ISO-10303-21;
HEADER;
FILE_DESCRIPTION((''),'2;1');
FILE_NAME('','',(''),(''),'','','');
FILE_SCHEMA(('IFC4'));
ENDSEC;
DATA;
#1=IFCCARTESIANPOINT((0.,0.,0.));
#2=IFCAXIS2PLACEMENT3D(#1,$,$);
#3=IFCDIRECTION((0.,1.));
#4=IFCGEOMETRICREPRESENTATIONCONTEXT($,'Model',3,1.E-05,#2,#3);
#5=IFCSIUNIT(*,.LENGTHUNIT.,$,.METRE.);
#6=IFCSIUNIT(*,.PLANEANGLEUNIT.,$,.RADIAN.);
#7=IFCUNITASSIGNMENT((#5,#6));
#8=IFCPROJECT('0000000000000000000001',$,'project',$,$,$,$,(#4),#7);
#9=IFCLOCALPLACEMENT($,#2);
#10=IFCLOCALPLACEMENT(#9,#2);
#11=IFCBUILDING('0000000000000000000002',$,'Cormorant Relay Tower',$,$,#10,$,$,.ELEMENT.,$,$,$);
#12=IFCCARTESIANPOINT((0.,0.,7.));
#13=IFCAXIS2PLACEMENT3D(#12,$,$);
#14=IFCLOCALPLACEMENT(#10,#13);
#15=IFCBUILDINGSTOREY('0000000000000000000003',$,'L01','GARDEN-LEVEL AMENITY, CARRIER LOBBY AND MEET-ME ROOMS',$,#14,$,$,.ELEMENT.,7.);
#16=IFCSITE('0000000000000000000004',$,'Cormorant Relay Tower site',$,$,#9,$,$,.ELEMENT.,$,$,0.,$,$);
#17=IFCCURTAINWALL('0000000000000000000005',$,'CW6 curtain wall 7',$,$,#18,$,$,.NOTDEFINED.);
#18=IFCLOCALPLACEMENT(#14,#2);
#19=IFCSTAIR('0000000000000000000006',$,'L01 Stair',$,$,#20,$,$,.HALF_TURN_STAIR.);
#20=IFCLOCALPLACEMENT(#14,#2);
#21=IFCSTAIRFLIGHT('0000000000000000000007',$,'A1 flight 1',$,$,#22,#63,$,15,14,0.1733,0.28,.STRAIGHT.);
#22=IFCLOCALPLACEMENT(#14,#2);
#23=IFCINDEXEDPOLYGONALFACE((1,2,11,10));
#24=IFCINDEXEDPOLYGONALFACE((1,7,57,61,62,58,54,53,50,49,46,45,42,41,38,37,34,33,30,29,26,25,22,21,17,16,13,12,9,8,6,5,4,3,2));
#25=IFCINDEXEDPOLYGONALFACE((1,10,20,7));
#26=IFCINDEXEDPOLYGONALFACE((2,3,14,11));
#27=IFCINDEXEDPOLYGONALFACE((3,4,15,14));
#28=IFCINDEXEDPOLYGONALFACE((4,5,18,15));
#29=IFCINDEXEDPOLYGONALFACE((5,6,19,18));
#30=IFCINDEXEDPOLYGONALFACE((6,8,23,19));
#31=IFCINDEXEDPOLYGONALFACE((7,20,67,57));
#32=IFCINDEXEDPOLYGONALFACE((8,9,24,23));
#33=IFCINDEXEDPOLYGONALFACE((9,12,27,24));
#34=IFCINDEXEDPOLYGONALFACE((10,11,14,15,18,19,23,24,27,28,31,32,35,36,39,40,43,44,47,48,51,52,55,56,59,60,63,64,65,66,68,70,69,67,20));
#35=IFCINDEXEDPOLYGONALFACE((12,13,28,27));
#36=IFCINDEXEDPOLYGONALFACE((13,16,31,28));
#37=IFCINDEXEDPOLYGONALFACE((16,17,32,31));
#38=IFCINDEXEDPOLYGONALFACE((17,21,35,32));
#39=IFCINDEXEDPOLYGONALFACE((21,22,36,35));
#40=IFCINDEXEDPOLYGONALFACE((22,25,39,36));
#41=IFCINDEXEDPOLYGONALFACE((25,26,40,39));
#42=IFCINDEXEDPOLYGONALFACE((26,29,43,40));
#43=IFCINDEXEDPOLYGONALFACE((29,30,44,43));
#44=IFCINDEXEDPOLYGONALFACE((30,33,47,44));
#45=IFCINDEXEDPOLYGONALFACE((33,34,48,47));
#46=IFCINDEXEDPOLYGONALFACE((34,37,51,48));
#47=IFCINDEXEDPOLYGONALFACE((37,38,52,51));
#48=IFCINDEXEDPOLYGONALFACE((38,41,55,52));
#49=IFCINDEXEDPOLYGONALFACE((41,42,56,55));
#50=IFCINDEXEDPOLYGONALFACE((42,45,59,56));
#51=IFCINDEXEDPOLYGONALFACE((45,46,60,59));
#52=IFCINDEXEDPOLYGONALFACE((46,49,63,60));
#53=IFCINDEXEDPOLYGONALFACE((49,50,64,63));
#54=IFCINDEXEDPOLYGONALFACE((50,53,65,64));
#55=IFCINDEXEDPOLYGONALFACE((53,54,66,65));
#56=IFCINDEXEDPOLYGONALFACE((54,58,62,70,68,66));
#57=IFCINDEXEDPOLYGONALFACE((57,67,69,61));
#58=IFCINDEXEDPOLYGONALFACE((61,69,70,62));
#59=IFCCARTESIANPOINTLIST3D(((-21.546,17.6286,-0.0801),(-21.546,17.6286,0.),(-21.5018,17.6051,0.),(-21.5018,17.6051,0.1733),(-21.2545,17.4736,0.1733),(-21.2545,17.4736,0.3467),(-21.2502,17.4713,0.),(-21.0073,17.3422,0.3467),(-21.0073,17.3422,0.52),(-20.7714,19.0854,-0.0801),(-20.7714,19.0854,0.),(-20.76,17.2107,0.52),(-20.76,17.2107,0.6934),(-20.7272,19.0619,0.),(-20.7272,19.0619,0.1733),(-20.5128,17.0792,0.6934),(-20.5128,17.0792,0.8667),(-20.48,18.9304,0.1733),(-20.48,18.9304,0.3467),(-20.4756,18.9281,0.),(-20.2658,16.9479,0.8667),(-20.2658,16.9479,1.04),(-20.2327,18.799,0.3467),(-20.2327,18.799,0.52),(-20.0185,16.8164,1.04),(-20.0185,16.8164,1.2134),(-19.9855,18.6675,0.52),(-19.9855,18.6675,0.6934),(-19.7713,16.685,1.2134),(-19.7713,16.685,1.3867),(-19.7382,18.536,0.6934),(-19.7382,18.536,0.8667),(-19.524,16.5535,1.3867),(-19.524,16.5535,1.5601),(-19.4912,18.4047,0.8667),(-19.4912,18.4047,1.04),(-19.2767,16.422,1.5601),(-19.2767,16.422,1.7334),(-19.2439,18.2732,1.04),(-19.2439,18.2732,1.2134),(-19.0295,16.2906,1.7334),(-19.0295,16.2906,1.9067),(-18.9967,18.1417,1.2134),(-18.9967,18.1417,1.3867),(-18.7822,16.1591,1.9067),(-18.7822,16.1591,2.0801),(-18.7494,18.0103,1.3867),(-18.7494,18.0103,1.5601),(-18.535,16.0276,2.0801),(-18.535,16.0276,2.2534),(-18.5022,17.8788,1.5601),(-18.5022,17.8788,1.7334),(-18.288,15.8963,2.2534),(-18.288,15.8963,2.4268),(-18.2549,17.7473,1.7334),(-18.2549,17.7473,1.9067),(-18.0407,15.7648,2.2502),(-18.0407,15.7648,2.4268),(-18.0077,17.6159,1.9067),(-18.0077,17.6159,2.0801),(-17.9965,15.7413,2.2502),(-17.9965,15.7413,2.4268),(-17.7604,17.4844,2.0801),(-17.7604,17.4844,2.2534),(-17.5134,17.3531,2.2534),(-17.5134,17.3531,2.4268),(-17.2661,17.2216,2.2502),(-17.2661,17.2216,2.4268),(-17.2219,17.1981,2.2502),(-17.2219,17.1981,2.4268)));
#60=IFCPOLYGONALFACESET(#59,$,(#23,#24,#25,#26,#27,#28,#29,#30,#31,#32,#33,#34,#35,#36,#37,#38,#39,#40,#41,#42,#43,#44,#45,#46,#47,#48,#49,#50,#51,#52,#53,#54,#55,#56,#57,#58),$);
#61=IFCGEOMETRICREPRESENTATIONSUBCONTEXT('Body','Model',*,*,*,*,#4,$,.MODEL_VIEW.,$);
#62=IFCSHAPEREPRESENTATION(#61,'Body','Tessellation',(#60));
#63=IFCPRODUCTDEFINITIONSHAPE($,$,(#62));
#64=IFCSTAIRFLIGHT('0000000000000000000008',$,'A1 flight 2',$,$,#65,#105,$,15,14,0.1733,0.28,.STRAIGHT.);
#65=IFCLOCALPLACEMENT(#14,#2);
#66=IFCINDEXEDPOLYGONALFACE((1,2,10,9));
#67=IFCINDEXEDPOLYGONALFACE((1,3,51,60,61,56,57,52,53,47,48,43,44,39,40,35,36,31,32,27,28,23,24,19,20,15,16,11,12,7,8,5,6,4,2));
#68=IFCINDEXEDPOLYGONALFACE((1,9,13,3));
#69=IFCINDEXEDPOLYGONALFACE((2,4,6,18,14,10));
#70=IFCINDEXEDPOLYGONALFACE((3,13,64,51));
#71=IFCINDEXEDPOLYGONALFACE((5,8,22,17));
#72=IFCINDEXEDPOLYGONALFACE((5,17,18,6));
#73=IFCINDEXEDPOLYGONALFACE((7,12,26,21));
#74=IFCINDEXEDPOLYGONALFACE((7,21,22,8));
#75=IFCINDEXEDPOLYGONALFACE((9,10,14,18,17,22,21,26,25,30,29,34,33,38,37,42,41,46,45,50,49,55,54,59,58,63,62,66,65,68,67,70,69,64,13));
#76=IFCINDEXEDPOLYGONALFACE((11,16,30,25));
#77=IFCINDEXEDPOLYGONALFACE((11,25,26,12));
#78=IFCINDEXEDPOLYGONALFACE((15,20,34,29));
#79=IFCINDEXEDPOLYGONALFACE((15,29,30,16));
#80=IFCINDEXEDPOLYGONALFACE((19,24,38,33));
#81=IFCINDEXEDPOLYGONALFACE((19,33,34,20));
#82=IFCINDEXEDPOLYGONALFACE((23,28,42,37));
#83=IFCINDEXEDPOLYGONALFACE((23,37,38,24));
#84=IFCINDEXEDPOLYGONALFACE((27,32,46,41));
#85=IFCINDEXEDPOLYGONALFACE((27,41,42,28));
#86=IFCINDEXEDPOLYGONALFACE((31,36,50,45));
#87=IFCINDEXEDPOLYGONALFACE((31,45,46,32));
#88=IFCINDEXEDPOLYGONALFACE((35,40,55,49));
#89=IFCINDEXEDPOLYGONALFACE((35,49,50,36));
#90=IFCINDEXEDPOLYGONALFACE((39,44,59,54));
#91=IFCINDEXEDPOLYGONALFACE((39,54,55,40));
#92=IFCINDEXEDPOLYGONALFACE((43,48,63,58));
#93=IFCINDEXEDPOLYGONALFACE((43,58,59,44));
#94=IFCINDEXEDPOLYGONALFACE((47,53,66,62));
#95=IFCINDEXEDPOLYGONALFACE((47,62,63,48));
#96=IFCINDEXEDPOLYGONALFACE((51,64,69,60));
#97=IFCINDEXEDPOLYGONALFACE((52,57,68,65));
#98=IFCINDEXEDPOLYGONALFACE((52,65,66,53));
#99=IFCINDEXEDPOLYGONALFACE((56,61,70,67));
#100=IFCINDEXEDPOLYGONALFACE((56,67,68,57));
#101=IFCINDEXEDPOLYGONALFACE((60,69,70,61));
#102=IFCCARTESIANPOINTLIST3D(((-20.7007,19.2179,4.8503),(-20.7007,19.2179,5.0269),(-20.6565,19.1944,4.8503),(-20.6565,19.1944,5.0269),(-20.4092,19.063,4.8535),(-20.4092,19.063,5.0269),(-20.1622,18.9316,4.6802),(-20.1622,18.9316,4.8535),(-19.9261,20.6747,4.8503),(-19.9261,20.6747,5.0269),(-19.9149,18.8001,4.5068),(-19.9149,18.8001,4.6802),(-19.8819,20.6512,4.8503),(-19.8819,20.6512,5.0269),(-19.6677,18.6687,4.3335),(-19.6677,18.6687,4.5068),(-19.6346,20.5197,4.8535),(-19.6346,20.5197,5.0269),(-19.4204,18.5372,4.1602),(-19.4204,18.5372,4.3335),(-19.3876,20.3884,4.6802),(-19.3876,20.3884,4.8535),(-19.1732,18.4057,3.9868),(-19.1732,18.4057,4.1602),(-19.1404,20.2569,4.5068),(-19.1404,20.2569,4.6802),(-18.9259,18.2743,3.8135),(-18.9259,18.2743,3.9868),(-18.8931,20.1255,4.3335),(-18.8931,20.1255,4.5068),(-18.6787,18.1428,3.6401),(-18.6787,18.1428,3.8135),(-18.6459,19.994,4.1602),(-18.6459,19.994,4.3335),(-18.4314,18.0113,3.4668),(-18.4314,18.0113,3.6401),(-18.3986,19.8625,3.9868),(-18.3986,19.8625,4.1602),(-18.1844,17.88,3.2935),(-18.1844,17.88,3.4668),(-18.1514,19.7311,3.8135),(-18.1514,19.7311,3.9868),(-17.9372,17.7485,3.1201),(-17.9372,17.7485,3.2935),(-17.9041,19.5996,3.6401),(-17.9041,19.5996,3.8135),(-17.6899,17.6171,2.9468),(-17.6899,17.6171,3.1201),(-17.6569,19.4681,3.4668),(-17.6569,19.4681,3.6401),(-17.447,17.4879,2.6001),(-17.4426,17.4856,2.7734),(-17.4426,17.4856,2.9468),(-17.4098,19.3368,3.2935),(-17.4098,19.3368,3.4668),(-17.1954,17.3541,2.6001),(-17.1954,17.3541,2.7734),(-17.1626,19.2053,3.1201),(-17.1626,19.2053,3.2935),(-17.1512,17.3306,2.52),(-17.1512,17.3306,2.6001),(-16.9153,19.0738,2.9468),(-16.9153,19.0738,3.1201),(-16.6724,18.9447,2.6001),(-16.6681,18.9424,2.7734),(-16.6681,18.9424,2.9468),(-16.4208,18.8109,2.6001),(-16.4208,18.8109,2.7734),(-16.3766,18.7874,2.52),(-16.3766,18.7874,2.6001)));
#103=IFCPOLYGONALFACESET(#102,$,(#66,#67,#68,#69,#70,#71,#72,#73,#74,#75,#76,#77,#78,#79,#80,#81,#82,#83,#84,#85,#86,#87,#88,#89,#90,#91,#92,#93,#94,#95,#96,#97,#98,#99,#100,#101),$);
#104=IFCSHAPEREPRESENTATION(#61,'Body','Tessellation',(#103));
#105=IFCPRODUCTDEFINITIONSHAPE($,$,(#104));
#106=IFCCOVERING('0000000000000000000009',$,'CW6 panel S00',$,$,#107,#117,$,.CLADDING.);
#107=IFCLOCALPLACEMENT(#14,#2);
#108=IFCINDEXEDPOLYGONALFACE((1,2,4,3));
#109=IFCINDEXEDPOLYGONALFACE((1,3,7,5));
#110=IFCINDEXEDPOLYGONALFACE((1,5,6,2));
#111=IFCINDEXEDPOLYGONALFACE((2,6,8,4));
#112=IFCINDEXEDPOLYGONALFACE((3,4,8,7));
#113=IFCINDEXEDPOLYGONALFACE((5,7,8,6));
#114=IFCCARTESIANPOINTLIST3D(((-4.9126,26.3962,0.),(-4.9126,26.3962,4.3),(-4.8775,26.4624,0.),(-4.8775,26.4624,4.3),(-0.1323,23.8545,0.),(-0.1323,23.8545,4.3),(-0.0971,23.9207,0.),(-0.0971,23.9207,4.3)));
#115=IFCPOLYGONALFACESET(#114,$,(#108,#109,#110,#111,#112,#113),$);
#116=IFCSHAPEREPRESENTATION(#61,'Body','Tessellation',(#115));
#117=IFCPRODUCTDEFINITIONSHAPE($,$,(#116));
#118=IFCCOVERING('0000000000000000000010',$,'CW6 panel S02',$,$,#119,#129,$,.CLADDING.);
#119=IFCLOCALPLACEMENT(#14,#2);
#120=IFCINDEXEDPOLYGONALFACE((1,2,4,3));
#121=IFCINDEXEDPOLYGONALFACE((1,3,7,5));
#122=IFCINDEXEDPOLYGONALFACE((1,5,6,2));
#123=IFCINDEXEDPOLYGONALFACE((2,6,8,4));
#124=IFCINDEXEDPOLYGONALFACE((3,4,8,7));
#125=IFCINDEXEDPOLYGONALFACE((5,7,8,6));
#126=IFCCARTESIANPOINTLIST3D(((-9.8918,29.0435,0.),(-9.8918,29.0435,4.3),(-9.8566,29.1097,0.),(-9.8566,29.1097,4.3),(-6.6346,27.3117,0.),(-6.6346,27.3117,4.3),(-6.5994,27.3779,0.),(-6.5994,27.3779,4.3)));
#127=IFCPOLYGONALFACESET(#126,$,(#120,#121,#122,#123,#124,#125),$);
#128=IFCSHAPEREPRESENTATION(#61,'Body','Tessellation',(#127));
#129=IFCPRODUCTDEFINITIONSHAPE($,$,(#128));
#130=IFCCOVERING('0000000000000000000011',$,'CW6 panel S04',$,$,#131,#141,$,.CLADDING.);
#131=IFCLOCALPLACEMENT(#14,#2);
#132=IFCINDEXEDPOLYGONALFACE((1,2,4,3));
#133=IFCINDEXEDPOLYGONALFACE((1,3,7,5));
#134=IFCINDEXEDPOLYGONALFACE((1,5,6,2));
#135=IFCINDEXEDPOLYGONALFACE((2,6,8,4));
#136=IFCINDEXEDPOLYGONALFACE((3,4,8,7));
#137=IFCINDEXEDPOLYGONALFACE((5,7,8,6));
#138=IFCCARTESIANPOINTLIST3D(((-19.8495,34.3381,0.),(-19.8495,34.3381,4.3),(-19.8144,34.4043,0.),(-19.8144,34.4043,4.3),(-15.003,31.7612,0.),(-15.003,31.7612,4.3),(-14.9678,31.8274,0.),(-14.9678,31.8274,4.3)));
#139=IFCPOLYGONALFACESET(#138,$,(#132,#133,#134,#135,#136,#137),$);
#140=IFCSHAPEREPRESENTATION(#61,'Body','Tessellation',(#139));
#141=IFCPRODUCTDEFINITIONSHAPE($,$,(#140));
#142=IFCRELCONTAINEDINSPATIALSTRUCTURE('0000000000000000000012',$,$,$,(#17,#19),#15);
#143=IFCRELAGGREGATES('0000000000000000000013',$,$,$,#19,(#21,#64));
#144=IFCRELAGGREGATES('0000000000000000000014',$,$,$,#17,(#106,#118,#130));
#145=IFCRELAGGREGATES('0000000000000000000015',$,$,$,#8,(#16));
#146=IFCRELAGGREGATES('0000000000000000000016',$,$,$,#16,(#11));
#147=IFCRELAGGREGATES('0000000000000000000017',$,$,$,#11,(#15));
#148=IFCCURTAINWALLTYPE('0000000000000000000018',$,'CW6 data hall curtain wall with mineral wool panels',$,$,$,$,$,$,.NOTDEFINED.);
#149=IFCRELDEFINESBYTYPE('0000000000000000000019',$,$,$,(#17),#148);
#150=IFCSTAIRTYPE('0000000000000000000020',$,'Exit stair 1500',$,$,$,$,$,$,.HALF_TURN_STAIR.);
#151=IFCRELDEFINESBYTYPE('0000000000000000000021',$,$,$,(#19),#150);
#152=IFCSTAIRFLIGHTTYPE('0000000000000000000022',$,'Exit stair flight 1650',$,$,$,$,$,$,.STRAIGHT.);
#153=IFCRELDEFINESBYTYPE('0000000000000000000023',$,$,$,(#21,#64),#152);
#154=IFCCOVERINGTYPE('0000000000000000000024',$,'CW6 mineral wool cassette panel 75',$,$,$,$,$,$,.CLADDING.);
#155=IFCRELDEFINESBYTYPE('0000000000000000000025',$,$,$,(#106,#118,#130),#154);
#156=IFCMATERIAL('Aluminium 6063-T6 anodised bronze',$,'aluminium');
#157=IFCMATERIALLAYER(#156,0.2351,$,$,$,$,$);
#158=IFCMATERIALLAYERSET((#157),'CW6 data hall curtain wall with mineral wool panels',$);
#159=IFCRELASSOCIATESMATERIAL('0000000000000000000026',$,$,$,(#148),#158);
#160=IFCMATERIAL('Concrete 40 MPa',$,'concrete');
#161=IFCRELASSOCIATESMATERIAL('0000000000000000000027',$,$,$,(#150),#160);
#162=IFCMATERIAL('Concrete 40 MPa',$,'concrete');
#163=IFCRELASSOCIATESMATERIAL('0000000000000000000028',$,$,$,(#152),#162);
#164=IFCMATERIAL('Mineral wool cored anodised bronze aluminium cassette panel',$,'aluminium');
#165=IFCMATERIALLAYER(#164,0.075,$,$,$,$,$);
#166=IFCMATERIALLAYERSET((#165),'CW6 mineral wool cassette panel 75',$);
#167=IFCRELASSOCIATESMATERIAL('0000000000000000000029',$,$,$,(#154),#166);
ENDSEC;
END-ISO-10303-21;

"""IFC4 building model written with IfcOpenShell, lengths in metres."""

from ifc_helpers import new_model, si_unit, direction, frame, origin, origin_2d, place, context, subcontext, project, spatial, polyline, rectangle, outline, extrude, material, layer, layer_set, type_object, element, aggregate, save


model = new_model("IFC4")

# Units and contexts
model_context = context("Model", 3, precision=1e-05, world=origin(), true_north=direction((0.0, 1.0)))
body_context = subcontext(model_context, "Body", "Model", "MODEL_VIEW")
ifc_project = project(units=[si_unit("LENGTHUNIT", "METRE"), si_unit("PLANEANGLEUNIT", "RADIAN")], contexts=[model_context])

# Site, building, storey
site_placement = place(None, origin())
site = spatial("IfcSite", under=ifc_project, at=site_placement, Name="Cormorant Relay Tower site", CompositionType="ELEMENT", RefElevation=0.0)
building_placement = place(site_placement, origin())
building = spatial("IfcBuilding", under=site, at=building_placement, Name="Cormorant Relay Tower", CompositionType="ELEMENT")
storey_placement = place(building_placement, frame((0.0, 0.0, 7.0)))
storey = spatial("IfcBuildingStorey", under=building, at=storey_placement, Name="L01", Description="GARDEN-LEVEL AMENITY, CARRIER LOBBY AND MEET-ME ROOMS", CompositionType="ELEMENT", Elevation=7.0)

# Curtain wall
ifc_material_1 = material(Name="Aluminium 6063-T6 anodised bronze", Category="aluminium")
ifc_layer_1 = layer(ifc_material_1, 0.2351)
ifc_layer_set_1 = layer_set([ifc_layer_1], Name="CW6 data hall curtain wall with mineral wool panels")
curtain_wall_type = type_object("IfcCurtainWallType", Name="CW6 data hall curtain wall with mineral wool panels", PredefinedType="NOTDEFINED", material=ifc_layer_set_1)
curtain_wall_placement = place(storey_placement, origin())
curtain_wall = element("IfcCurtainWall", 1, at=curtain_wall_placement, inside=storey, type_object=curtain_wall_type, Name="CW6 curtain wall 7", PredefinedType="NOTDEFINED")

# Stair, stair flights
ifc_material_2 = material(Name="Concrete 40 MPa", Category="concrete")
stair_type = type_object("IfcStairType", Name="Exit stair 1500", PredefinedType="HALF_TURN_STAIR", material=ifc_material_2)
stair_placement = place(storey_placement, origin())
stair = element("IfcStair", 2, at=stair_placement, inside=storey, type_object=stair_type, Name="L01 Stair", PredefinedType="HALF_TURN_STAIR")
ifc_material_3 = material(Name="Concrete 40 MPa", Category="concrete")
stair_flight_type = type_object("IfcStairFlightType", Name="Exit stair flight 1650", PredefinedType="STRAIGHT", material=ifc_material_3)
stair_flight_1_placement = place(storey_placement, frame((-21.1145, 18.3335, 0.0), z_axis=(0.0, 0.0, 1.0), x_axis=(0.882948, -0.469472, 0.0)))
stair_flight_1 = element("IfcStairFlight", 3, at=stair_flight_1_placement, type_object=stair_flight_type, Name="A1 flight 1", NumberOfRisers=15, NumberOfTreads=14, PredefinedType="STRAIGHT", RiserHeight=0.1733, TreadLength=0.28, context=body_context, shape_type="SweptSolid", body=[
    extrude(outline(polyline([(-0.05, -0.0801), (-0.05, 0.0), (0.0, 0.0), (0.0, 0.1733), (0.28, 0.1733), (0.28, 0.3467), (0.5601, 0.3467), (0.5601, 0.52), (0.8401, 0.52), (0.8401, 0.6934), (1.1201, 0.6934), (1.1201, 0.8667), (1.3999, 0.8667), (1.3999, 1.04), (1.6799, 1.04), (1.6799, 1.2134), (1.96, 1.2134), (1.96, 1.3867), (2.24, 1.3867), (2.24, 1.5601), (2.52, 1.5601), (2.52, 1.7334), (2.8, 1.7334), (2.8, 1.9067), (3.0801, 1.9067), (3.0801, 2.0801), (3.3601, 2.0801), (3.3601, 2.2534), (3.6399, 2.2534), (3.6399, 2.4268), (3.9199, 2.4268), (3.97, 2.4268), (3.97, 2.2502), (3.9199, 2.2502), (0.2849, 0.0), (-0.05, -0.0801)])), frame((0.0, 0.825, 0.0), z_axis=(0.0, -1.0, 0.0), x_axis=(1.0, 0.0, 0.0)), (0.0, 0.0, 1.0), 1.6499),
])
stair_flight_2_placement = place(storey_placement, frame((-16.8081, 18.0825, 2.6001), z_axis=(0.0, 0.0, 1.0), x_axis=(-0.882948, 0.469472, 0.0)))
stair_flight_2 = element("IfcStairFlight", 4, at=stair_flight_2_placement, type_object=stair_flight_type, Name="A1 flight 2", NumberOfRisers=15, NumberOfTreads=14, PredefinedType="STRAIGHT", RiserHeight=0.1733, TreadLength=0.28, context=body_context, shape_type="SweptSolid", body=[
    extrude(outline(polyline([(-0.05, -0.0801), (-0.05, 0.0), (0.0, 0.0), (0.0, 0.1733), (0.28, 0.1733), (0.28, 0.3467), (0.5601, 0.3467), (0.5601, 0.52), (0.8401, 0.52), (0.8401, 0.6934), (1.1201, 0.6934), (1.1201, 0.8667), (1.3999, 0.8667), (1.3999, 1.04), (1.6799, 1.04), (1.6799, 1.2134), (1.96, 1.2134), (1.96, 1.3867), (2.24, 1.3867), (2.24, 1.5601), (2.52, 1.5601), (2.52, 1.7334), (2.8, 1.7334), (2.8, 1.9067), (3.0801, 1.9067), (3.0801, 2.0801), (3.3601, 2.0801), (3.3601, 2.2534), (3.6399, 2.2534), (3.6399, 2.4268), (3.9199, 2.4268), (3.97, 2.4268), (3.97, 2.2502), (3.9199, 2.2502), (0.2849, 0.0), (-0.05, -0.0801)])), frame((0.0, 0.825, 0.0), z_axis=(0.0, -1.0, 0.0), x_axis=(1.0, 0.0, 0.0)), (0.0, 0.0, 1.0), 1.6499),
])
aggregate(stair, [stair_flight_1, stair_flight_2])

# Coverings
ifc_material_4 = material(Name="Mineral wool cored anodised bronze aluminium cassette panel", Category="aluminium")
ifc_layer_2 = layer(ifc_material_4, 0.075)
ifc_layer_set_2 = layer_set([ifc_layer_2], Name="CW6 mineral wool cassette panel 75")
covering_type = type_object("IfcCoveringType", Name="CW6 mineral wool cassette panel 75", PredefinedType="CLADDING", material=ifc_layer_set_2)
covering_1_placement = place(storey_placement, frame((-2.5049, 25.1584, 0.0), z_axis=(0.0, 0.0, 1.0), x_axis=(-0.882948, 0.469472, 0.0)))
covering_1 = element("IfcCovering", 5, at=covering_1_placement, type_object=covering_type, Name="CW6 panel S00", PredefinedType="CLADDING", context=body_context, shape_type="SweptSolid", body=[
    extrude(rectangle(XDim=5.4141, YDim=0.075, at=origin_2d()), origin(), (0.0, 0.0, 1.0), 4.3),
])
covering_2_placement = place(storey_placement, frame((-8.2456, 28.2107, 0.0), z_axis=(0.0, 0.0, 1.0), x_axis=(-0.882948, 0.469472, 0.0)))
covering_2 = element("IfcCovering", 6, at=covering_2_placement, type_object=covering_type, Name="CW6 panel S02", PredefinedType="CLADDING", context=body_context, shape_type="SweptSolid", body=[
    extrude(rectangle(XDim=3.689, YDim=0.075, at=origin_2d()), origin(), (0.0, 0.0, 1.0), 4.3),
])
covering_3_placement = place(storey_placement, frame((-17.4087, 33.0828, 0.0), z_axis=(0.0, 0.0, 1.0), x_axis=(-0.882948, 0.469472, 0.0)))
covering_3 = element("IfcCovering", 7, at=covering_3_placement, type_object=covering_type, Name="CW6 panel S04", PredefinedType="CLADDING", context=body_context, shape_type="SweptSolid", body=[
    extrude(rectangle(XDim=5.489, YDim=0.075, at=origin_2d()), origin(), (0.0, 0.0, 1.0), 4.3),
])
aggregate(curtain_wall, [covering_1, covering_2, covering_3])

save(model, "model.ifc")
